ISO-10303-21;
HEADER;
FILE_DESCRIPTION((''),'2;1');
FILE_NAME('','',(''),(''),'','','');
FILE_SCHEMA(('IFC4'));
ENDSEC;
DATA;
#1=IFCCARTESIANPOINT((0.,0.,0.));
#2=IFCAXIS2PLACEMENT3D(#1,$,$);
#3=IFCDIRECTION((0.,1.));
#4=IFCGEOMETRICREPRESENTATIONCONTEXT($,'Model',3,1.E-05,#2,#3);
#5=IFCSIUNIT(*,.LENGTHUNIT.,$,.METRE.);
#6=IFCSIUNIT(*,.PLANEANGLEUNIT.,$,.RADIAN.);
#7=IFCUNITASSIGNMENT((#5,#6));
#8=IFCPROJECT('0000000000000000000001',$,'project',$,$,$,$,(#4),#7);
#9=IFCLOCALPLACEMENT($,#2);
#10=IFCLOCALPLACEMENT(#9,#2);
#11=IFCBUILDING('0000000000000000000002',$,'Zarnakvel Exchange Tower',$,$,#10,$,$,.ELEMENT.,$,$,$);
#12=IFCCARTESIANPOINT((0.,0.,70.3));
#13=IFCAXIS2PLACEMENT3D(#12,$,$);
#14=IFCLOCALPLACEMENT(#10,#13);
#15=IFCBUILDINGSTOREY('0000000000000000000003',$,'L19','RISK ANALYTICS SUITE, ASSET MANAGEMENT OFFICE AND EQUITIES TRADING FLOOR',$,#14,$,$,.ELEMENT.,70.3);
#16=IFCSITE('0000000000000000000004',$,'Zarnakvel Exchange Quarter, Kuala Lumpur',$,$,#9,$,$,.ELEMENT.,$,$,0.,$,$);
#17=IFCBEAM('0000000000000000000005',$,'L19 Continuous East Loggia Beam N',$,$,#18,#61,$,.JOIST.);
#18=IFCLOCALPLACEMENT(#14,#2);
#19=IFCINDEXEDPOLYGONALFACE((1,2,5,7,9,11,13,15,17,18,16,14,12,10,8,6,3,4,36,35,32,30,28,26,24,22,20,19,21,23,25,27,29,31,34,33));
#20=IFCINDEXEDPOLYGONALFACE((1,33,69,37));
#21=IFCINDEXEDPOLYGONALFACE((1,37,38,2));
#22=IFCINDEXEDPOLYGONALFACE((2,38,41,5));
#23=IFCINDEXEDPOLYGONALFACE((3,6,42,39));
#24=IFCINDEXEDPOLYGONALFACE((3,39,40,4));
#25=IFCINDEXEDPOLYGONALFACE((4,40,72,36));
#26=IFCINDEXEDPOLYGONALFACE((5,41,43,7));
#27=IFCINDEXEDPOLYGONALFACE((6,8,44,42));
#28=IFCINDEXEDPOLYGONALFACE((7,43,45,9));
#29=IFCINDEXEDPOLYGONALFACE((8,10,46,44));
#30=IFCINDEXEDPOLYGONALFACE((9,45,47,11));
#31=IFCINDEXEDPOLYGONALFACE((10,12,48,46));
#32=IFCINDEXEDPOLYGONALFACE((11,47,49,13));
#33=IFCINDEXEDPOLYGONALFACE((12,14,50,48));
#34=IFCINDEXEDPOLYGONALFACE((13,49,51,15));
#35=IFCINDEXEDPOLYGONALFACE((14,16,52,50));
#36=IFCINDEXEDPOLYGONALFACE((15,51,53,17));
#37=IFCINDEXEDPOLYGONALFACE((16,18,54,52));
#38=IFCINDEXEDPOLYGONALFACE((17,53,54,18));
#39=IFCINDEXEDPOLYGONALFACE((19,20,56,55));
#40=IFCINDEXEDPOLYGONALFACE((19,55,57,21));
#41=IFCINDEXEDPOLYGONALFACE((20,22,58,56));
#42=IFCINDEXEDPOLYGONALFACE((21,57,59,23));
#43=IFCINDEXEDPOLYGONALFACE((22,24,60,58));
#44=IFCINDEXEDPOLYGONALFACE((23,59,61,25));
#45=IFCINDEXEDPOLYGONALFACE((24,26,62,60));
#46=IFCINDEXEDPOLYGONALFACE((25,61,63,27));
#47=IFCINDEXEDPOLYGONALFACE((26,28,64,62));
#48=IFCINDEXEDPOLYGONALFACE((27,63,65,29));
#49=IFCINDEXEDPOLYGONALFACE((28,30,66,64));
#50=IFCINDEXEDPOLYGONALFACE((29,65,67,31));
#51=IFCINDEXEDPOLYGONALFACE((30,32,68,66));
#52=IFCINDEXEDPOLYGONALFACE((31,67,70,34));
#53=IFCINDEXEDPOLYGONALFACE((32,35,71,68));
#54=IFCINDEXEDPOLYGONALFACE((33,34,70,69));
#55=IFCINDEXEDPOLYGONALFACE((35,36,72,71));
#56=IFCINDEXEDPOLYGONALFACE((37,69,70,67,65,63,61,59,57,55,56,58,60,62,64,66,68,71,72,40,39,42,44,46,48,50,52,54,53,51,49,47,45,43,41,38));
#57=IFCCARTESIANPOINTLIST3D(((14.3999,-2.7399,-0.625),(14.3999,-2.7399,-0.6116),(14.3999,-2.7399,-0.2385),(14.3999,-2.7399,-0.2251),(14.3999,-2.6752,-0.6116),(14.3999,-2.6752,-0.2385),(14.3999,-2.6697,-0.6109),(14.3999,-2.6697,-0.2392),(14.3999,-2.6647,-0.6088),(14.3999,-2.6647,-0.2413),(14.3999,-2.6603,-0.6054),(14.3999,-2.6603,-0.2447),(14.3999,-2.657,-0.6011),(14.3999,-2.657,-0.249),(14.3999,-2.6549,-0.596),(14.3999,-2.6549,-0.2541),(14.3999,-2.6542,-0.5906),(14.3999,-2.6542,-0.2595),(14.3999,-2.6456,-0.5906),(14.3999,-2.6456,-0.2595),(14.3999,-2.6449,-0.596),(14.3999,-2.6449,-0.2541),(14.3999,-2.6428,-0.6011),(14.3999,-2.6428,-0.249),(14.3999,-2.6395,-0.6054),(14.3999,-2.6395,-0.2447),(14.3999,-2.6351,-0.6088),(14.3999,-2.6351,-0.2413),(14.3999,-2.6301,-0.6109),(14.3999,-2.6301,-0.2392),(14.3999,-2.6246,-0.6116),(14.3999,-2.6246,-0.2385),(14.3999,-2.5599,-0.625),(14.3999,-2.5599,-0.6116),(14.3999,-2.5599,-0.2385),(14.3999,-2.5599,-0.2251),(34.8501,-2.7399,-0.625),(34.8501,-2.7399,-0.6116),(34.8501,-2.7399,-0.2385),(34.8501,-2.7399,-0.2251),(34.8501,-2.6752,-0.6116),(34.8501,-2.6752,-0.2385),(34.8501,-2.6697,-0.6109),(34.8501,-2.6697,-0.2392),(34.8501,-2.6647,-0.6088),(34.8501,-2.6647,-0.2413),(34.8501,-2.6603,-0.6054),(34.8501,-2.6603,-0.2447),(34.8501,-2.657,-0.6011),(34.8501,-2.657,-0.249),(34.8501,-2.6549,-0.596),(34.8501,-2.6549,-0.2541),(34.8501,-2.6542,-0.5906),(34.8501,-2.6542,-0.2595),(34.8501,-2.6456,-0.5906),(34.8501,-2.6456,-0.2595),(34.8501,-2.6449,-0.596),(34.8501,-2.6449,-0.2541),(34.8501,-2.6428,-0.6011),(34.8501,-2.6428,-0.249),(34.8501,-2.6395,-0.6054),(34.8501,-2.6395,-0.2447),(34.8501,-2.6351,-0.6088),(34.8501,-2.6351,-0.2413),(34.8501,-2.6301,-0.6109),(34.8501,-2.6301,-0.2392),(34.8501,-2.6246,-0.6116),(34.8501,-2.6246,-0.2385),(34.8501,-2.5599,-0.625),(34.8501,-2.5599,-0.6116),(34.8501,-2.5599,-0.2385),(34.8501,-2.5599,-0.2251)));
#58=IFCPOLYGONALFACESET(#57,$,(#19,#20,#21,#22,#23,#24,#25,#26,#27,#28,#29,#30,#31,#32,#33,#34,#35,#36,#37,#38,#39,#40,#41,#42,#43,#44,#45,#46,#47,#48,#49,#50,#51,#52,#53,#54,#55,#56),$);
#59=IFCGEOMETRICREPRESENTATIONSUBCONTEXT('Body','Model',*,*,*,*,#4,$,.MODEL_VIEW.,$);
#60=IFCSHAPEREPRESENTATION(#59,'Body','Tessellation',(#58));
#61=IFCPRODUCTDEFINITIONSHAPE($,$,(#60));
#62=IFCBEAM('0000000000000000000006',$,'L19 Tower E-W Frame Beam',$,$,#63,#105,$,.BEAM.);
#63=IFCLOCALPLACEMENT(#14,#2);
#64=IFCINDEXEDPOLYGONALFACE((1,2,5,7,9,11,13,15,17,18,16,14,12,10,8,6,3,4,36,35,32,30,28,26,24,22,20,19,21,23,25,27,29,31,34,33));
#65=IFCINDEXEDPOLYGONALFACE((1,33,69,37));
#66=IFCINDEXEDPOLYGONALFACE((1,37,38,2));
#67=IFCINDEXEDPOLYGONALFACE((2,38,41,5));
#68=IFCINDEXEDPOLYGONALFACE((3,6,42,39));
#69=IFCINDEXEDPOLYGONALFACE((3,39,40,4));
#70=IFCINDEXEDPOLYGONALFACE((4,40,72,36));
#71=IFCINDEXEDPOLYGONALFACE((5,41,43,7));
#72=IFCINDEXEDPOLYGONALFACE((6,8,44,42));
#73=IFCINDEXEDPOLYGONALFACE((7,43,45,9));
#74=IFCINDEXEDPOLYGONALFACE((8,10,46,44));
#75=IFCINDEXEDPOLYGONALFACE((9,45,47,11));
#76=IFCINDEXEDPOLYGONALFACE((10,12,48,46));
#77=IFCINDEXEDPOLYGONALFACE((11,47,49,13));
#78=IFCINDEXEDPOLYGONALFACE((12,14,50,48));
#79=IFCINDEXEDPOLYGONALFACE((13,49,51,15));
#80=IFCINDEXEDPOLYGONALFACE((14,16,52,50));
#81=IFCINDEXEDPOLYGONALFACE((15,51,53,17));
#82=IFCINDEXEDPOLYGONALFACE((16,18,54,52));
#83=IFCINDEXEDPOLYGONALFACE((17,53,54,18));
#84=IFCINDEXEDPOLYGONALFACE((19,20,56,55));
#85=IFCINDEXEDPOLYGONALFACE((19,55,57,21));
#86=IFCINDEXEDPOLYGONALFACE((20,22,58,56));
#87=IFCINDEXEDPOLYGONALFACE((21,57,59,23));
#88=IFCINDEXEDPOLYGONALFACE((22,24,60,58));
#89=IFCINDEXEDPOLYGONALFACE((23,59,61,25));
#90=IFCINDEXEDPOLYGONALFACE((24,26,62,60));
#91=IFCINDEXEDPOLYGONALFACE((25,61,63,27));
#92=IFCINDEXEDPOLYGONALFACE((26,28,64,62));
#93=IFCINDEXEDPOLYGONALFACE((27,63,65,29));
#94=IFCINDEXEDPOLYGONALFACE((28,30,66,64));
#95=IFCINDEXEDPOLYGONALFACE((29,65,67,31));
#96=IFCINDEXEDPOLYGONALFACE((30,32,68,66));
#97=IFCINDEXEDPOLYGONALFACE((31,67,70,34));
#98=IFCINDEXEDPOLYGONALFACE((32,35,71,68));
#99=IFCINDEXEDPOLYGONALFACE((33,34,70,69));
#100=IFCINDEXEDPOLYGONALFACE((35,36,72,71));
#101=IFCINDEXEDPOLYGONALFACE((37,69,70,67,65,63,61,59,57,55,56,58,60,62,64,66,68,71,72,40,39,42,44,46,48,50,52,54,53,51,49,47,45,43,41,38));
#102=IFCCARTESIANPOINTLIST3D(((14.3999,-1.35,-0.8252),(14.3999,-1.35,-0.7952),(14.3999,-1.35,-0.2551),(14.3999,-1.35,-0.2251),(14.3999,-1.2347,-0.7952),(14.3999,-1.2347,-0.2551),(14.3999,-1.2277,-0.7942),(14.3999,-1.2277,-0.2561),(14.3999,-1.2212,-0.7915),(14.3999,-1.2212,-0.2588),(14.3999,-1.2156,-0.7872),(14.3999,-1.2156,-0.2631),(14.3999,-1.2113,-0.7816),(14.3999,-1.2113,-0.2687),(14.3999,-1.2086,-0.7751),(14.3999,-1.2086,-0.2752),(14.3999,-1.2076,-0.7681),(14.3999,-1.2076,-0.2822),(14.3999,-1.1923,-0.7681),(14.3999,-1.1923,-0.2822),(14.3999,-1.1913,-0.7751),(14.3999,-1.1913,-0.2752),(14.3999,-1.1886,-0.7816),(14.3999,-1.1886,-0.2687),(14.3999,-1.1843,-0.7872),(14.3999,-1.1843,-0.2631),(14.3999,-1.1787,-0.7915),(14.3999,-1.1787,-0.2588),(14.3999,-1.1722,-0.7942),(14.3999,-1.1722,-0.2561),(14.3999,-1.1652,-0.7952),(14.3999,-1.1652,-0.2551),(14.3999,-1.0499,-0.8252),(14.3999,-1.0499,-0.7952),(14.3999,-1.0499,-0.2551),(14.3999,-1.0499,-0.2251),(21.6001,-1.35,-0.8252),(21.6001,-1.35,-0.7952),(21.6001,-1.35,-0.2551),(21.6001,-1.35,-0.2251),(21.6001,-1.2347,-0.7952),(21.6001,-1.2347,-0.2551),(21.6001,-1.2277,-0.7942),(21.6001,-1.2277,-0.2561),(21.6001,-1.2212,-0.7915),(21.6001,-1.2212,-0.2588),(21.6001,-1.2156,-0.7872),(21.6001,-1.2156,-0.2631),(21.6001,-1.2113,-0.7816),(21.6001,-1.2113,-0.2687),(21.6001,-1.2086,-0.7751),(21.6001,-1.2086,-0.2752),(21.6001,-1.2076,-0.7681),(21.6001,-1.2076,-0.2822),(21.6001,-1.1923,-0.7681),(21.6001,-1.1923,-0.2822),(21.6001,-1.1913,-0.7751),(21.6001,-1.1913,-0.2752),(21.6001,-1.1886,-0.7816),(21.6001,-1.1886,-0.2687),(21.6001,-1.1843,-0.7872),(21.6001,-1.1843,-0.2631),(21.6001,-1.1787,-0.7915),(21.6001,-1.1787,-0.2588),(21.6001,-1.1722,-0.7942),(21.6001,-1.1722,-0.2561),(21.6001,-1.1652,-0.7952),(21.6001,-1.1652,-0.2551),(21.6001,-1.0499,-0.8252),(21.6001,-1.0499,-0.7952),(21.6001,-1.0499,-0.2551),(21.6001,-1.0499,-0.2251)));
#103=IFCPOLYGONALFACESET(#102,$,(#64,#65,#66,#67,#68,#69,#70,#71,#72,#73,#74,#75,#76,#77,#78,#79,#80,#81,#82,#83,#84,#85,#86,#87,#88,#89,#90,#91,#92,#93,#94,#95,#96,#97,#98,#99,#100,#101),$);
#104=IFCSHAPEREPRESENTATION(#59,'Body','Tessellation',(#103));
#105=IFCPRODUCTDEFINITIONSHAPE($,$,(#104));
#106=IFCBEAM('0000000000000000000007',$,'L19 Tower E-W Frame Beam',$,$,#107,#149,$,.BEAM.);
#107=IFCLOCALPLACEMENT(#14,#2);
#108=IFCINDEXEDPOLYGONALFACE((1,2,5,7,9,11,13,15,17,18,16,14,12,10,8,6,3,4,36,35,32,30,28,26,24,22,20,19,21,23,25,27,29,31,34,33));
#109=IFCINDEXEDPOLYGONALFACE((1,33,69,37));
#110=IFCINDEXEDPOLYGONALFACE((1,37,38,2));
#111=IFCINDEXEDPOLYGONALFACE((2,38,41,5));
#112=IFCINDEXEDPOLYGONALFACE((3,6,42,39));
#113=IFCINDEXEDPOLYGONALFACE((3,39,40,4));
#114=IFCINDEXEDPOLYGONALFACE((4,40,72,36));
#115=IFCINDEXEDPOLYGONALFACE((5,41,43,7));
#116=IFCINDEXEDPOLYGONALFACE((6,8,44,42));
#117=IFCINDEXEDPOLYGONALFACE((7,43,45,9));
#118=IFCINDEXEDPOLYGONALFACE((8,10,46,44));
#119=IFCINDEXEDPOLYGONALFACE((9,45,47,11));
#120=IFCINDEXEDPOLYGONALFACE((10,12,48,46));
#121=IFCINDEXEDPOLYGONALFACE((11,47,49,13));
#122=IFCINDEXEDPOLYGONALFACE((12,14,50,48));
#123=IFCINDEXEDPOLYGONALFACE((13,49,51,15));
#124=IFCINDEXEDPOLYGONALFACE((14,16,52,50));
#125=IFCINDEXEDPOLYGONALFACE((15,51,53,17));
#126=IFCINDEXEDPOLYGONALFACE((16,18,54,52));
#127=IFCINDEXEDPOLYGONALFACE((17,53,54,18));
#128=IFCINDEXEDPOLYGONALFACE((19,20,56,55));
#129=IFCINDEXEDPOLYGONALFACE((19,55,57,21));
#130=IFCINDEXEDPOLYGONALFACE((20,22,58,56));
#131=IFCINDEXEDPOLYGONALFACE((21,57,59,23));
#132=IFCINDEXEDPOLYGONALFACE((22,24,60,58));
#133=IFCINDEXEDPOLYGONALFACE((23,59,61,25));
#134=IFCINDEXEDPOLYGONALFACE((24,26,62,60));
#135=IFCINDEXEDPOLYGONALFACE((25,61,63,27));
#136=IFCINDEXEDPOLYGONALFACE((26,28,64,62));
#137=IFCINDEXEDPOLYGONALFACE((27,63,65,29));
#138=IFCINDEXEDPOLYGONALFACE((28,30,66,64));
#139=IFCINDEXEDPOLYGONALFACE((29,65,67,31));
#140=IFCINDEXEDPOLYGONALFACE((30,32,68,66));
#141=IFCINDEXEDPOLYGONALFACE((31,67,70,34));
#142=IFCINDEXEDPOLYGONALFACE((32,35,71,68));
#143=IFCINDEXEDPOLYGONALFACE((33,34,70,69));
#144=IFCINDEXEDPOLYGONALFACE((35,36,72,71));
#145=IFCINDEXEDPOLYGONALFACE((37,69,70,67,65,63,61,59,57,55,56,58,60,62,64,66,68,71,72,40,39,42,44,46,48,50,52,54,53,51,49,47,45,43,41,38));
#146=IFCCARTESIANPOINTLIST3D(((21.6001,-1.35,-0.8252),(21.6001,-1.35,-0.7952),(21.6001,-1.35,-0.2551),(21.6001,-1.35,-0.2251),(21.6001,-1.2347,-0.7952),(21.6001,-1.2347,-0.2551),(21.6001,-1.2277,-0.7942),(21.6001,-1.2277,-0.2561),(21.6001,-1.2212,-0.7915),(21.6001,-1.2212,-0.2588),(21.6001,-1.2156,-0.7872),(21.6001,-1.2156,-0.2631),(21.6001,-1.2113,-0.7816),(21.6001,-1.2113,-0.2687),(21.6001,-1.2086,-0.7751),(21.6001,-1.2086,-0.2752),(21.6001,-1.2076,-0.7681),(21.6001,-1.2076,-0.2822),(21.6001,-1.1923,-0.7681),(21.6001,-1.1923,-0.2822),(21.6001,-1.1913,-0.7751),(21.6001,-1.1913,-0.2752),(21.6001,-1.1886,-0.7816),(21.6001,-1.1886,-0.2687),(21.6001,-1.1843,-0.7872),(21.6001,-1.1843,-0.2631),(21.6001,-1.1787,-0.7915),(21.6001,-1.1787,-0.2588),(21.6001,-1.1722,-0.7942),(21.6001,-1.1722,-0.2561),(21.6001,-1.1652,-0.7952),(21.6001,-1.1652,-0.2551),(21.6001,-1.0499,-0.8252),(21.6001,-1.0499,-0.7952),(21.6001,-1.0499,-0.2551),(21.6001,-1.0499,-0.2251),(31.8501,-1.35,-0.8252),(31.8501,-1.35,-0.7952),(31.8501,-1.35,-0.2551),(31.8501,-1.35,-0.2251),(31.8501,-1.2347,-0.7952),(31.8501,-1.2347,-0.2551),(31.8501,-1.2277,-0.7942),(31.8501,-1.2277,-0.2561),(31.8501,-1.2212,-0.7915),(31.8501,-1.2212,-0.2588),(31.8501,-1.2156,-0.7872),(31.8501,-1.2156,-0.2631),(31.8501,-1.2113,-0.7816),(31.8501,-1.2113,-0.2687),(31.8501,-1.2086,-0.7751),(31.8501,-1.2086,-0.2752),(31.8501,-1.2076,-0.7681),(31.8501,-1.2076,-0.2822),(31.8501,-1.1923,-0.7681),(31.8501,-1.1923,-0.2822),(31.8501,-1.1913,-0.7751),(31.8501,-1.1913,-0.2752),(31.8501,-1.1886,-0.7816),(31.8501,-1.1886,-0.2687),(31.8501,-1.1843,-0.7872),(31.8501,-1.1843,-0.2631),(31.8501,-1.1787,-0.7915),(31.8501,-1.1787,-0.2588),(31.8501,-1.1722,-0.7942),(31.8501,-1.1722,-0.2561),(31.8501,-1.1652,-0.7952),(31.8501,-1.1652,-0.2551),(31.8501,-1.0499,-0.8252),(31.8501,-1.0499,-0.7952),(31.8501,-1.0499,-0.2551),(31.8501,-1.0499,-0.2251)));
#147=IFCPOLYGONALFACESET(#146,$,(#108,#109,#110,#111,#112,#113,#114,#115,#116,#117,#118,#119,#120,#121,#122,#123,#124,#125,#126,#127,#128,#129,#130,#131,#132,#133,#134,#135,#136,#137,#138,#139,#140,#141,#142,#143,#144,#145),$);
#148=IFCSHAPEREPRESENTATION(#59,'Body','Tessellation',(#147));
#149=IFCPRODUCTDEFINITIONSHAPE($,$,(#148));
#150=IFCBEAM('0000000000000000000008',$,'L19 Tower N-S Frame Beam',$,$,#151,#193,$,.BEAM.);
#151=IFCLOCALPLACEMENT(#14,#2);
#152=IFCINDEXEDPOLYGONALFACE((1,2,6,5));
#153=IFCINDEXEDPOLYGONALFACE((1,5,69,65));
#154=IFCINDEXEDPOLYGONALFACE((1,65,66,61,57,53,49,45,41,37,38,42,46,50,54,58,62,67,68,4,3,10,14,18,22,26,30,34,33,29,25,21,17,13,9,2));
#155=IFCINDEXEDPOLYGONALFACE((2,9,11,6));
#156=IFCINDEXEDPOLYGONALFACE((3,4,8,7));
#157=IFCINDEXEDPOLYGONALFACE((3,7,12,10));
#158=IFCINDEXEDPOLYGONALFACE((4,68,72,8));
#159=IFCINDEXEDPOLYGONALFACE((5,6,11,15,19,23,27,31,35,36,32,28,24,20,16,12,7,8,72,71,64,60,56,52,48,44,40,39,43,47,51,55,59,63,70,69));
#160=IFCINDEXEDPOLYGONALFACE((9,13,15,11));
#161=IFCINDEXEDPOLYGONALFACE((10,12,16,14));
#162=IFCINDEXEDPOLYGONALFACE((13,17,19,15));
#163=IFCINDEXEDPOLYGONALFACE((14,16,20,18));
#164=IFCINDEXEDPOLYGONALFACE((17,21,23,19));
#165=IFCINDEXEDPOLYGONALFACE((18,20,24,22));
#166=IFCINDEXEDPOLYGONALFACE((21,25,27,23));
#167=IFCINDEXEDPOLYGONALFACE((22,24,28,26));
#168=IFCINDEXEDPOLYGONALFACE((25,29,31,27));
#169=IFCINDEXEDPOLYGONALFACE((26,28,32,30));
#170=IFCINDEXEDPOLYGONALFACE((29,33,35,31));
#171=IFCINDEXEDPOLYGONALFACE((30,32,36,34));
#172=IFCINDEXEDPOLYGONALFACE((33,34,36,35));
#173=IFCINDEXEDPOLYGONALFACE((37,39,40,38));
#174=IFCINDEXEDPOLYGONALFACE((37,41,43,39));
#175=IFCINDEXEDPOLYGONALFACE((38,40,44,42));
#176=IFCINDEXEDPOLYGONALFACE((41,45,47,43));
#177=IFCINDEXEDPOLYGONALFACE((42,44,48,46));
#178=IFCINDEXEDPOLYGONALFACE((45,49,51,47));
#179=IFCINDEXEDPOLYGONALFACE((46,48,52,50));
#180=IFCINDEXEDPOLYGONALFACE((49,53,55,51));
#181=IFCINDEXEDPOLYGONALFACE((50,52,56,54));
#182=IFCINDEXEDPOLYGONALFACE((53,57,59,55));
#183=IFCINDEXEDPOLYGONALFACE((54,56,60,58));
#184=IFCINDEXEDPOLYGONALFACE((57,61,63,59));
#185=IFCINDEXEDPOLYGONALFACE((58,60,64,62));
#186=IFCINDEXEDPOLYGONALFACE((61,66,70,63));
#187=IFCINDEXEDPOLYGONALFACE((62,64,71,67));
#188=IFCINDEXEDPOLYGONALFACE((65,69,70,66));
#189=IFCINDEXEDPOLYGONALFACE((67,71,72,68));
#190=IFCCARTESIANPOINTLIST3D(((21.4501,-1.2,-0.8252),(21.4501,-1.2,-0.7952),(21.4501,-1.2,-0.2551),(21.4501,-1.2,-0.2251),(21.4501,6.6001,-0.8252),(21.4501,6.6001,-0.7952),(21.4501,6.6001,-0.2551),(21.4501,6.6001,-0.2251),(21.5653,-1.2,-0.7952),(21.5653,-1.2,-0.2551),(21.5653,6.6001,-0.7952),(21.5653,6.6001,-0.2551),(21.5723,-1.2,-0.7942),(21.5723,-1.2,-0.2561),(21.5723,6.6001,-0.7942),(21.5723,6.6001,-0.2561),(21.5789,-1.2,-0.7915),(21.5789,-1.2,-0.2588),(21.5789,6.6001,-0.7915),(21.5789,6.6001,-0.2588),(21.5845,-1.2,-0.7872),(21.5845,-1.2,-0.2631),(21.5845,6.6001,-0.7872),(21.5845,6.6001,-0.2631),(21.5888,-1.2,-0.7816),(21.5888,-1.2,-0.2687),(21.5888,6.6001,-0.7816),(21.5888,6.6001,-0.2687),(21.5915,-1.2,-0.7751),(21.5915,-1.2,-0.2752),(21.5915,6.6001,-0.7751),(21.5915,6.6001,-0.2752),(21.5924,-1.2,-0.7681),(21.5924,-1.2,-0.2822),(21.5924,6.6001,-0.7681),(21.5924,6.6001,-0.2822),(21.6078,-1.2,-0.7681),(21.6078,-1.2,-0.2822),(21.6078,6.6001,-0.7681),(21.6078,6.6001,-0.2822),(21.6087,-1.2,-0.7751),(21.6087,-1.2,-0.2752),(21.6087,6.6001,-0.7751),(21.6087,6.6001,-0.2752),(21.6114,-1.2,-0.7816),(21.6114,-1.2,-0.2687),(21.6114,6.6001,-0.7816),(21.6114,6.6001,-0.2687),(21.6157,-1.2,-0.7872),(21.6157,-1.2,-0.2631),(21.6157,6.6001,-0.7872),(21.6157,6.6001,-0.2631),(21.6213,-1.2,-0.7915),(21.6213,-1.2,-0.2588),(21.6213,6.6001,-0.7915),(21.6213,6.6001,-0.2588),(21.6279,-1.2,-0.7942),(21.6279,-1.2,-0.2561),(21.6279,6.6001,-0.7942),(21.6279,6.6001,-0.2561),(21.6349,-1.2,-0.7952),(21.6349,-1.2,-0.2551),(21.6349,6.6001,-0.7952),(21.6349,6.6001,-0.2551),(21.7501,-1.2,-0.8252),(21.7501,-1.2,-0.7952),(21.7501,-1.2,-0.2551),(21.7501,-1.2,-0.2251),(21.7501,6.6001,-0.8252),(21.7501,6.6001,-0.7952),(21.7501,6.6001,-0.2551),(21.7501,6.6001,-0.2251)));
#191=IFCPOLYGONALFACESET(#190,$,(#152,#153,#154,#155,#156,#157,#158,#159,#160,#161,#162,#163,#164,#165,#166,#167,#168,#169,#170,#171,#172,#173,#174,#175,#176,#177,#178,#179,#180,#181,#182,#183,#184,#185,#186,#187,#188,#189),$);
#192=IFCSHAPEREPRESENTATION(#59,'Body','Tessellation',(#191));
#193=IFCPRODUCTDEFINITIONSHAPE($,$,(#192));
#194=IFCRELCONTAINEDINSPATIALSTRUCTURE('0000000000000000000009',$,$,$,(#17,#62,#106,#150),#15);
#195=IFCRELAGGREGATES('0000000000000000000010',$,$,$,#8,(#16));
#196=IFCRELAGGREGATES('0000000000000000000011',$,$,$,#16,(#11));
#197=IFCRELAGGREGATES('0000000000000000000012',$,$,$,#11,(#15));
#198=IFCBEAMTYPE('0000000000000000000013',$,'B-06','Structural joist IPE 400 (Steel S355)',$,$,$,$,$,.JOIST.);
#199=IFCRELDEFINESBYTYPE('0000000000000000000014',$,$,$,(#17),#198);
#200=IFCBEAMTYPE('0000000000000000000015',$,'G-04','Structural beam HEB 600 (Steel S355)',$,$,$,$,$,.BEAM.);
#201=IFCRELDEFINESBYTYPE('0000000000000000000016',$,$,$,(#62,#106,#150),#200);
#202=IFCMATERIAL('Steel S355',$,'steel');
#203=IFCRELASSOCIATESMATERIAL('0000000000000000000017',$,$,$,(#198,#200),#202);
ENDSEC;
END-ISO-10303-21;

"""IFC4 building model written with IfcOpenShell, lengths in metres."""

from ifc_helpers import new_model, si_unit, direction, frame, origin, origin_2d, place, context, subcontext, project, spatial, i_section, extrude, material, material_profile, profile_set, type_object, element, save


model = new_model("IFC4")

# Units and contexts
model_context = context("Model", 3, precision=1e-05, world=origin(), true_north=direction((0.0, 1.0)))
body_context = subcontext(model_context, "Body", "Model", "MODEL_VIEW")
ifc_project = project(units=[si_unit("LENGTHUNIT", "METRE"), si_unit("PLANEANGLEUNIT", "RADIAN")], contexts=[model_context])

# Site, building, storey
site_placement = place(None, origin())
site = spatial("IfcSite", under=ifc_project, at=site_placement, Name="Zarnakvel Exchange Quarter, Kuala Lumpur", CompositionType="ELEMENT", RefElevation=0.0)
building_placement = place(site_placement, origin())
building = spatial("IfcBuilding", under=site, at=building_placement, Name="Zarnakvel Exchange Tower", CompositionType="ELEMENT")
storey_placement = place(building_placement, frame((0.0, 0.0, 70.3)))
storey = spatial("IfcBuildingStorey", under=building, at=storey_placement, Name="L19", Description="RISK ANALYTICS SUITE, ASSET MANAGEMENT OFFICE AND EQUITIES TRADING FLOOR", CompositionType="ELEMENT", Elevation=70.3)

# Shared definitions
ifc_material_1 = material(Name="Steel S355", Category="steel")

# Beams
ifc_material_profile_1 = material_profile(ifc_material_1, i_section(OverallWidth=0.1799, OverallDepth=0.3999, WebThickness=0.0085, FlangeThickness=0.0134, FilletRadius=0.021, at=origin_2d()))
ifc_profile_set_1 = profile_set([ifc_material_profile_1], Name="Steel S355")
beam_type_1 = type_object("IfcBeamType", Name="B-06", Description="Structural joist IPE 400 (Steel S355)", PredefinedType="JOIST", material=ifc_profile_set_1)
beam_1_placement = place(storey_placement, frame((14.3999, -2.6499, -0.425), z_axis=(1.0, 0.0, 0.0), x_axis=(0.0, 1.0, 0.0)))
element("IfcBeam", 1, at=beam_1_placement, inside=storey, type_object=beam_type_1, Name="L19 Continuous East Loggia Beam N", PredefinedType="JOIST", context=body_context, shape_type="SweptSolid", body=[
    extrude(i_section(OverallWidth=0.1799, OverallDepth=0.3999, WebThickness=0.0085, FlangeThickness=0.0134, FilletRadius=0.021, at=origin_2d()), origin(), (0.0, 0.0, 1.0), 20.4502),
])
ifc_material_profile_2 = material_profile(ifc_material_1, i_section(OverallWidth=0.3, OverallDepth=0.6001, WebThickness=0.0154, FlangeThickness=0.03, FilletRadius=0.0271, at=origin_2d()))
ifc_profile_set_2 = profile_set([ifc_material_profile_2], Name="Steel S355")
beam_type_2 = type_object("IfcBeamType", Name="G-04", Description="Structural beam HEB 600 (Steel S355)", PredefinedType="BEAM", material=ifc_profile_set_2)
beam_2_placement = place(storey_placement, frame((14.3999, -1.2, -0.5251), z_axis=(1.0, 0.0, 0.0), x_axis=(0.0, 1.0, 0.0)))
element("IfcBeam", 2, at=beam_2_placement, inside=storey, type_object=beam_type_2, Name="L19 Tower E-W Frame Beam", PredefinedType="BEAM", context=body_context, shape_type="SweptSolid", body=[
    extrude(i_section(OverallWidth=0.3, OverallDepth=0.6001, WebThickness=0.0154, FlangeThickness=0.03, FilletRadius=0.0271, at=origin_2d()), origin(), (0.0, 0.0, 1.0), 7.2002),
])
beam_3_placement = place(storey_placement, frame((21.6001, -1.2, -0.5251), z_axis=(1.0, 0.0, 0.0), x_axis=(0.0, 1.0, 0.0)))
element("IfcBeam", 3, at=beam_3_placement, inside=storey, type_object=beam_type_2, Name="L19 Tower E-W Frame Beam", PredefinedType="BEAM", context=body_context, shape_type="SweptSolid", body=[
    extrude(i_section(OverallWidth=0.3, OverallDepth=0.6001, WebThickness=0.0154, FlangeThickness=0.03, FilletRadius=0.0271, at=origin_2d()), origin(), (0.0, 0.0, 1.0), 10.25),
])
beam_4_placement = place(storey_placement, frame((21.6001, -1.2, -0.5251), z_axis=(0.0, 1.0, 0.0), x_axis=(-1.0, 0.0, 0.0)))
element("IfcBeam", 4, at=beam_4_placement, inside=storey, type_object=beam_type_2, Name="L19 Tower N-S Frame Beam", PredefinedType="BEAM", context=body_context, shape_type="SweptSolid", body=[
    extrude(i_section(OverallWidth=0.3, OverallDepth=0.6001, WebThickness=0.0154, FlangeThickness=0.03, FilletRadius=0.0271, at=origin_2d()), origin(), (0.0, 0.0, 1.0), 7.8),
])

save(model, "model.ifc")
